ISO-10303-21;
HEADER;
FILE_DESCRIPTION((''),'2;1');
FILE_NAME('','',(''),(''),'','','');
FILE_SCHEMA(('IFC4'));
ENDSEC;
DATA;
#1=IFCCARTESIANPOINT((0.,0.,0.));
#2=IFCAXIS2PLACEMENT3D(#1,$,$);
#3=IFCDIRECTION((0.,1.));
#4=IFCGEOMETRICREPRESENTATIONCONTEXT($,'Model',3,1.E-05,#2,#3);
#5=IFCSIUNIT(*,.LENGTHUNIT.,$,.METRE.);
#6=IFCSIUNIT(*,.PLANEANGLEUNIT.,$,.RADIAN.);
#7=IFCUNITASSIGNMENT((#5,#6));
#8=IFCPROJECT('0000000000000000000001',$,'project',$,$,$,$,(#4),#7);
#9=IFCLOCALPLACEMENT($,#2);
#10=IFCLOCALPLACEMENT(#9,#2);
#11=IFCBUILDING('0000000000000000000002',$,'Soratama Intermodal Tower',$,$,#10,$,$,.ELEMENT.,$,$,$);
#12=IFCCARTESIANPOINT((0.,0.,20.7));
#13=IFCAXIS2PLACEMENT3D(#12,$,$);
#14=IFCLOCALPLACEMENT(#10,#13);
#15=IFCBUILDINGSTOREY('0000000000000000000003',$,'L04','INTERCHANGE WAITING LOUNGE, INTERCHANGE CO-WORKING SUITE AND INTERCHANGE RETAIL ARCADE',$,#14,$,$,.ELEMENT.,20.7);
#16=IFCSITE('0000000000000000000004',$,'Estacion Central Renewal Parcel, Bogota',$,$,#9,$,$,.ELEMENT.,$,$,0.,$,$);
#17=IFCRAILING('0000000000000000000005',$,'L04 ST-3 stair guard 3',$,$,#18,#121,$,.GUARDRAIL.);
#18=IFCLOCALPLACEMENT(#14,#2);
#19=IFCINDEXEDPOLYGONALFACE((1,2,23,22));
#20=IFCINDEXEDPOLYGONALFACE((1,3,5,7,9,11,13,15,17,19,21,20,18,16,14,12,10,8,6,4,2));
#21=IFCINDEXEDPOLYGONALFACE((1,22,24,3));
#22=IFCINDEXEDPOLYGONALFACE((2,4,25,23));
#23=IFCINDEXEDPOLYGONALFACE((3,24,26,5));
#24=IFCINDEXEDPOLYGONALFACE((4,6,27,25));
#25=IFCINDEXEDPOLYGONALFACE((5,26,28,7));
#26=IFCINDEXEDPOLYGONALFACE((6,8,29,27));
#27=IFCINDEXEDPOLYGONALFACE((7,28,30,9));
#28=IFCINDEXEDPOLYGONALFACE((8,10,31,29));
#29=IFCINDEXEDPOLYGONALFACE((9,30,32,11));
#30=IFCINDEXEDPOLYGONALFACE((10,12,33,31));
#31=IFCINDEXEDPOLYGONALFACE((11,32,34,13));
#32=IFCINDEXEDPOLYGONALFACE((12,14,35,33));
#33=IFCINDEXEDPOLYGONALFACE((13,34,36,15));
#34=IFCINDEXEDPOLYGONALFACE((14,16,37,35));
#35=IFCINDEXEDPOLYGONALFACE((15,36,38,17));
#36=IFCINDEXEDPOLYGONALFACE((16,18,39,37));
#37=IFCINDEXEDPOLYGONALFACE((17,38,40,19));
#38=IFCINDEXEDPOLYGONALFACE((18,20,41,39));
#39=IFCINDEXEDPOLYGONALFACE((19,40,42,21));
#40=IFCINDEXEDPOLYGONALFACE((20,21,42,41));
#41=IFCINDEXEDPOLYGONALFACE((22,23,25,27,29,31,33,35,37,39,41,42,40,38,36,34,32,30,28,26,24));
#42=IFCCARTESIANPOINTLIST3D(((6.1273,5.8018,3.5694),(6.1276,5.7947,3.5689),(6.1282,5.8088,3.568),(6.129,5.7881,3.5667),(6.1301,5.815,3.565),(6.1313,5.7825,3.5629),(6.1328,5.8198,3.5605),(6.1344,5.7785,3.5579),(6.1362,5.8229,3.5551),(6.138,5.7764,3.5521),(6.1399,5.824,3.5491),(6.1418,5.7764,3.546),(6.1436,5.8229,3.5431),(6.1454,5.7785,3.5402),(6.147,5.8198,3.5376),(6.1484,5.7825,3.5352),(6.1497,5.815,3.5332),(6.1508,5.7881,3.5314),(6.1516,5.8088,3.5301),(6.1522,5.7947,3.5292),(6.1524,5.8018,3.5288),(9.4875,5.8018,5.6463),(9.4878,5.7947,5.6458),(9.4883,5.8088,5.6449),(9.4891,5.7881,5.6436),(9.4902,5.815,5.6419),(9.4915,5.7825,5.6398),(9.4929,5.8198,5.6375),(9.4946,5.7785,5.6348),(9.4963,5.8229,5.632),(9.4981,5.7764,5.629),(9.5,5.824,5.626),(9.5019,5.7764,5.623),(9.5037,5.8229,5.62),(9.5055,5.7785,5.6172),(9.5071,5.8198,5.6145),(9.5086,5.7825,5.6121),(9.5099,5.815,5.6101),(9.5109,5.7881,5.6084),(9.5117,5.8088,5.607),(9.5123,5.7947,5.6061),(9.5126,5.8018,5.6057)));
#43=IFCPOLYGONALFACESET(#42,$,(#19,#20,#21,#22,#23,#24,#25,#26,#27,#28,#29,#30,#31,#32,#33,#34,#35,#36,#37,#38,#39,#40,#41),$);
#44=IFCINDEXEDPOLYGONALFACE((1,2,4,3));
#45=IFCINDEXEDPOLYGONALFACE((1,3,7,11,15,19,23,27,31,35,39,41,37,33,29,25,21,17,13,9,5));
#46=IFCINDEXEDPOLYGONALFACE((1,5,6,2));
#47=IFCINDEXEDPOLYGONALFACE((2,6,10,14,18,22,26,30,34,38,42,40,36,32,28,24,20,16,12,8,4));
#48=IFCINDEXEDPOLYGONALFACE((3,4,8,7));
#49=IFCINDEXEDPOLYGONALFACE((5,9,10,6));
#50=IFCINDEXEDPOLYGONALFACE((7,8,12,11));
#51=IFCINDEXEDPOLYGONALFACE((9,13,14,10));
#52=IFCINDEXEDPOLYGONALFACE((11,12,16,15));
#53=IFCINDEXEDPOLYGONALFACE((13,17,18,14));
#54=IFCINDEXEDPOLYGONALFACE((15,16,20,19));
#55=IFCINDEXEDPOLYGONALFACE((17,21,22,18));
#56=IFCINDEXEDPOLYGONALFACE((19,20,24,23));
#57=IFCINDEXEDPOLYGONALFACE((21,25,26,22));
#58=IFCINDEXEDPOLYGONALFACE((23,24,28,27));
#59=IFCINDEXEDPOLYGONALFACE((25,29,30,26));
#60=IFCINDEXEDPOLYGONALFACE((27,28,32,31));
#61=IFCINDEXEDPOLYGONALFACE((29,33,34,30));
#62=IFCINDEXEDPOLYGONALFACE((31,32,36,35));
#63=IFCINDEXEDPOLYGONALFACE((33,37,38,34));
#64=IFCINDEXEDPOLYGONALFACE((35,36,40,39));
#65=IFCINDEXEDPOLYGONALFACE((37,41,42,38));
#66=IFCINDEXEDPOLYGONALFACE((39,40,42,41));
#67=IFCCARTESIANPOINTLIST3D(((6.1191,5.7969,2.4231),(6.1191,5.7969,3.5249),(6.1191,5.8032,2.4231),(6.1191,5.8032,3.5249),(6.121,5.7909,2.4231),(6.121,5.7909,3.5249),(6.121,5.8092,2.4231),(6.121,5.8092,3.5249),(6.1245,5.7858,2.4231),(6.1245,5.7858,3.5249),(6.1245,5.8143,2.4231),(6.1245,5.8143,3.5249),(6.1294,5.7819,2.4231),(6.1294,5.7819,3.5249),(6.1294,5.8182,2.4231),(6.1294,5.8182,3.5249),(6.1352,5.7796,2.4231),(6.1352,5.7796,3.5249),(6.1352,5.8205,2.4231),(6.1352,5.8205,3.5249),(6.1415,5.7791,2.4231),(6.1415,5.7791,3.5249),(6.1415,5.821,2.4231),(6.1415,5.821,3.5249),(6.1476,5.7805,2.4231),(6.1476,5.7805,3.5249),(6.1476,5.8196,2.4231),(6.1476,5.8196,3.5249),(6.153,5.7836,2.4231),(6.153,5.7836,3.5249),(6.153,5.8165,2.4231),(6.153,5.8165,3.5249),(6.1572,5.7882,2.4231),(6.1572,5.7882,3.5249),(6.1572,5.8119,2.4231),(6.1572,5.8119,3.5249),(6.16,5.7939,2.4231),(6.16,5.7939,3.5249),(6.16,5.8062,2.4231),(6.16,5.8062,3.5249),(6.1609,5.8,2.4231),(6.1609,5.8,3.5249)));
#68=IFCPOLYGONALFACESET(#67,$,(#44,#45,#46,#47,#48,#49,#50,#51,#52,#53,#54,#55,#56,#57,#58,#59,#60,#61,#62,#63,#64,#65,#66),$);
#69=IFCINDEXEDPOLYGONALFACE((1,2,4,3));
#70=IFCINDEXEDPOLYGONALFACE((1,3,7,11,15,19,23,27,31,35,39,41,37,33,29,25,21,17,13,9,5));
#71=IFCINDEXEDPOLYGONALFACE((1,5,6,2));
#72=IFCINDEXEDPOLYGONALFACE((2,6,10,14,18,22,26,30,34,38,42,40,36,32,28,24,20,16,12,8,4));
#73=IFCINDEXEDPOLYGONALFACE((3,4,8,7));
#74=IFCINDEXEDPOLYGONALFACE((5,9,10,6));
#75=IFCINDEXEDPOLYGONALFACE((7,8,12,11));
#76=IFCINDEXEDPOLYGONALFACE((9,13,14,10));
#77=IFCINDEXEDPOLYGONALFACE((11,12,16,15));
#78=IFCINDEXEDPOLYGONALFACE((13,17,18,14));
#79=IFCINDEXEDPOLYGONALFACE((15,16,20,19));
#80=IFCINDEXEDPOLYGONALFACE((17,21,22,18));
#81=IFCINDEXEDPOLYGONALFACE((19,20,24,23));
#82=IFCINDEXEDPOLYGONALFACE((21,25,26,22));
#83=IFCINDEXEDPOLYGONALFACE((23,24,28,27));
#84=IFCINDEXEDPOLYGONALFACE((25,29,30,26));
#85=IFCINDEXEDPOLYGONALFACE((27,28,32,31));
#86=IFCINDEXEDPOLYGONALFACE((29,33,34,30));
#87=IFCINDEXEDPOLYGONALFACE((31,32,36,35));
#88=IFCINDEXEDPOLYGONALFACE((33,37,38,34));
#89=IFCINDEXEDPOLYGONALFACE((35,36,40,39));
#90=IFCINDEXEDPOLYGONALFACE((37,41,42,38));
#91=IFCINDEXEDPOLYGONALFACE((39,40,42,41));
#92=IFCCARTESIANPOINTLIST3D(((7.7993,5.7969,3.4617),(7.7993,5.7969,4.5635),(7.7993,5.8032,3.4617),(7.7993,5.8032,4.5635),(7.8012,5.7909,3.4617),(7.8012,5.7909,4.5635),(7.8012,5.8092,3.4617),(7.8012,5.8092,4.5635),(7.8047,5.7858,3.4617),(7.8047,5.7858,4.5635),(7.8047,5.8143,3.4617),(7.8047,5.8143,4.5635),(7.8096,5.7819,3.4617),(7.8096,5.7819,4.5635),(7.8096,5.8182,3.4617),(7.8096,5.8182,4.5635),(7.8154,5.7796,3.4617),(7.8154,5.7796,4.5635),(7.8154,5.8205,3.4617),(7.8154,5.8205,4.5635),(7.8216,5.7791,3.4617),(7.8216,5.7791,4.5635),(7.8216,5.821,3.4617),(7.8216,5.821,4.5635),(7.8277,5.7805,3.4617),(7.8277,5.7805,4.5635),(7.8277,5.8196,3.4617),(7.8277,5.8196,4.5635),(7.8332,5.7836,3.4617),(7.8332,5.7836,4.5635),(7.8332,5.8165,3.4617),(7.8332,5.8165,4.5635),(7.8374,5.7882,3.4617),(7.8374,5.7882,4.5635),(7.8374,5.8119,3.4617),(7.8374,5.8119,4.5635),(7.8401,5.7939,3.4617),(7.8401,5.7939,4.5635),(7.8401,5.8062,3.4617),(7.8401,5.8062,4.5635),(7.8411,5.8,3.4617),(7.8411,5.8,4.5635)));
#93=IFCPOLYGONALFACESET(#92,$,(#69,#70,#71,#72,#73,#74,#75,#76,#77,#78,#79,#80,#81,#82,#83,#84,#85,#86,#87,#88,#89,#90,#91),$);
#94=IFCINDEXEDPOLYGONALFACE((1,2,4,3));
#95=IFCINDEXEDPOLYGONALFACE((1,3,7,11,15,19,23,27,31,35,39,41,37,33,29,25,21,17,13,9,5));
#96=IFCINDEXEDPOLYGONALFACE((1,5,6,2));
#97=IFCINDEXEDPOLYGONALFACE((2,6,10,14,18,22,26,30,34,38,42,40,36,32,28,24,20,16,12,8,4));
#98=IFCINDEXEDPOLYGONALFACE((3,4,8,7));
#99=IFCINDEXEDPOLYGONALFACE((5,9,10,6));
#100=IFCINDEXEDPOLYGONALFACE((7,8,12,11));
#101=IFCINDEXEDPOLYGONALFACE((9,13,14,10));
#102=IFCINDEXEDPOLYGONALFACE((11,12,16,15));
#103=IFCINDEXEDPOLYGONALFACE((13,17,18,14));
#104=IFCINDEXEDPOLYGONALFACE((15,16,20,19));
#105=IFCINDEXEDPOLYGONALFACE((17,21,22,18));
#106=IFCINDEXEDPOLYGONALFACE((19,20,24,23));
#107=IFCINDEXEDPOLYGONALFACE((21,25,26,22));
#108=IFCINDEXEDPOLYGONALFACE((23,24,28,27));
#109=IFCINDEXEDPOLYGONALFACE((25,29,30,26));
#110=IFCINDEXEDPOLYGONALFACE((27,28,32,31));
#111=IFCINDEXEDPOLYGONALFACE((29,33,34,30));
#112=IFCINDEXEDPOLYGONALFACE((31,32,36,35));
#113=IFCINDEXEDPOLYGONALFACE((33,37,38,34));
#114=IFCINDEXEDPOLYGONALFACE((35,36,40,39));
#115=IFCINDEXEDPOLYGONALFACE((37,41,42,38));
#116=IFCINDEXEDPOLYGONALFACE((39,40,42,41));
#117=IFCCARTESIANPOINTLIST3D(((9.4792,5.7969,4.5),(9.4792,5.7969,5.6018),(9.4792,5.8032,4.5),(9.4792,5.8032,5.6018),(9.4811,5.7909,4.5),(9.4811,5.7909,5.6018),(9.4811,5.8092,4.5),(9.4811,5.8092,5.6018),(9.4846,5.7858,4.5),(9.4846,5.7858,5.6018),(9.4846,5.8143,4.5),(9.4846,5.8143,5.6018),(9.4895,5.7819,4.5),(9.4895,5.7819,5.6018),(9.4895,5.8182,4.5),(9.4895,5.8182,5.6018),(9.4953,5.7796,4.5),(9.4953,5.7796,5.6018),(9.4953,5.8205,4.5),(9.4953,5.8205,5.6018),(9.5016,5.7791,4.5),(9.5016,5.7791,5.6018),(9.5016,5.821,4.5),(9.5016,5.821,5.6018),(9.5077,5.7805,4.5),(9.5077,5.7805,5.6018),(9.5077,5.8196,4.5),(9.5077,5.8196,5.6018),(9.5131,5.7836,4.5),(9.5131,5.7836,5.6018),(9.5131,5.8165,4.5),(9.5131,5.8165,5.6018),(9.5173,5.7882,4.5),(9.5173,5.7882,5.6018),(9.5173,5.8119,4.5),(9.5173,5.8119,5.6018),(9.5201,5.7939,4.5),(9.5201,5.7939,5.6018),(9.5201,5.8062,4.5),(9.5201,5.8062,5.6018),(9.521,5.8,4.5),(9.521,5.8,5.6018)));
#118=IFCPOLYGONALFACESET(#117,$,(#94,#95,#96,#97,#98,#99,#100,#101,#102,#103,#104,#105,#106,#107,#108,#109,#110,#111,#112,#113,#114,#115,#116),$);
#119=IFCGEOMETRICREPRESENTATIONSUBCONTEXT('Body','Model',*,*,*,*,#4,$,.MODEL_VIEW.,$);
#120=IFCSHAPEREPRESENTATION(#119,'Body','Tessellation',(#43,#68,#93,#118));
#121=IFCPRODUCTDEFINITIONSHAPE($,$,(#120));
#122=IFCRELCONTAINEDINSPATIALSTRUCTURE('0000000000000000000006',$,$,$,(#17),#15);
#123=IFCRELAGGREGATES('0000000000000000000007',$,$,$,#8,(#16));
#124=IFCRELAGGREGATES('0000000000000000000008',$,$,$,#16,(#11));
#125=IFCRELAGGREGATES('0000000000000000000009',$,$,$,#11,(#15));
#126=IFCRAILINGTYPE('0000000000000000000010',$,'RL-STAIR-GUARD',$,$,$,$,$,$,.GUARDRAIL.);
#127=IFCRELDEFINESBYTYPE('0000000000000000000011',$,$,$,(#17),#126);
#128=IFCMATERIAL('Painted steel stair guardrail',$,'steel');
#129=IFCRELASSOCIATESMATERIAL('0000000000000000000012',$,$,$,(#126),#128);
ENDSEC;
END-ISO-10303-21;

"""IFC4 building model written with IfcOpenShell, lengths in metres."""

from ifc_helpers import new_model, si_unit, direction, frame, origin, origin_2d, place, context, subcontext, project, spatial, circle, extrude, material, type_object, element, save


model = new_model("IFC4")

# Units and contexts
model_context = context("Model", 3, precision=1e-05, world=origin(), true_north=direction((0.0, 1.0)))
body_context = subcontext(model_context, "Body", "Model", "MODEL_VIEW")
ifc_project = project(units=[si_unit("LENGTHUNIT", "METRE"), si_unit("PLANEANGLEUNIT", "RADIAN")], contexts=[model_context])

# Site, building, storey
site_placement = place(None, origin())
site = spatial("IfcSite", under=ifc_project, at=site_placement, Name="Estacion Central Renewal Parcel, Bogota", CompositionType="ELEMENT", RefElevation=0.0)
building_placement = place(site_placement, origin())
building = spatial("IfcBuilding", under=site, at=building_placement, Name="Soratama Intermodal Tower", CompositionType="ELEMENT")
storey_placement = place(building_placement, frame((0.0, 0.0, 20.7)))
storey = spatial("IfcBuildingStorey", under=building, at=storey_placement, Name="L04", Description="INTERCHANGE WAITING LOUNGE, INTERCHANGE CO-WORKING SUITE AND INTERCHANGE RETAIL ARCADE", CompositionType="ELEMENT", Elevation=20.7)

# Railing
ifc_material_1 = material(Name="Painted steel stair guardrail", Category="steel")
railing_type_1 = type_object("IfcRailingType", Name="RL-STAIR-GUARD", PredefinedType="GUARDRAIL", material=ifc_material_1)
railing_1_placement = place(storey_placement, frame((6.1399, 5.8, 2.4231)))
element("IfcRailing", 1, at=railing_1_placement, inside=storey, type_object=railing_type_1, Name="L04 ST-3 stair guard 3", PredefinedType="GUARDRAIL", context=body_context, shape_type="SweptSolid", body=[
    extrude(circle(Radius=0.0239, at=origin_2d()), frame((0.0, 0.0, 1.126), z_axis=(0.850623, 0.0, 0.525776), x_axis=(0.0, 1.0, 0.0)), (0.0, 0.0, 1.0), 3.9502),
    extrude(circle(Radius=0.021, at=origin_2d()), origin(), (0.0, 0.0, 1.0), 1.1018),
    extrude(circle(Radius=0.021, at=origin_2d()), frame((1.6802, 0.0, 1.0386)), (0.0, 0.0, 1.0), 1.1018),
    extrude(circle(Radius=0.021, at=origin_2d()), frame((3.3601, 0.0, 2.0769)), (0.0, 0.0, 1.0), 1.1018),
])

save(model, "model.ifc")
